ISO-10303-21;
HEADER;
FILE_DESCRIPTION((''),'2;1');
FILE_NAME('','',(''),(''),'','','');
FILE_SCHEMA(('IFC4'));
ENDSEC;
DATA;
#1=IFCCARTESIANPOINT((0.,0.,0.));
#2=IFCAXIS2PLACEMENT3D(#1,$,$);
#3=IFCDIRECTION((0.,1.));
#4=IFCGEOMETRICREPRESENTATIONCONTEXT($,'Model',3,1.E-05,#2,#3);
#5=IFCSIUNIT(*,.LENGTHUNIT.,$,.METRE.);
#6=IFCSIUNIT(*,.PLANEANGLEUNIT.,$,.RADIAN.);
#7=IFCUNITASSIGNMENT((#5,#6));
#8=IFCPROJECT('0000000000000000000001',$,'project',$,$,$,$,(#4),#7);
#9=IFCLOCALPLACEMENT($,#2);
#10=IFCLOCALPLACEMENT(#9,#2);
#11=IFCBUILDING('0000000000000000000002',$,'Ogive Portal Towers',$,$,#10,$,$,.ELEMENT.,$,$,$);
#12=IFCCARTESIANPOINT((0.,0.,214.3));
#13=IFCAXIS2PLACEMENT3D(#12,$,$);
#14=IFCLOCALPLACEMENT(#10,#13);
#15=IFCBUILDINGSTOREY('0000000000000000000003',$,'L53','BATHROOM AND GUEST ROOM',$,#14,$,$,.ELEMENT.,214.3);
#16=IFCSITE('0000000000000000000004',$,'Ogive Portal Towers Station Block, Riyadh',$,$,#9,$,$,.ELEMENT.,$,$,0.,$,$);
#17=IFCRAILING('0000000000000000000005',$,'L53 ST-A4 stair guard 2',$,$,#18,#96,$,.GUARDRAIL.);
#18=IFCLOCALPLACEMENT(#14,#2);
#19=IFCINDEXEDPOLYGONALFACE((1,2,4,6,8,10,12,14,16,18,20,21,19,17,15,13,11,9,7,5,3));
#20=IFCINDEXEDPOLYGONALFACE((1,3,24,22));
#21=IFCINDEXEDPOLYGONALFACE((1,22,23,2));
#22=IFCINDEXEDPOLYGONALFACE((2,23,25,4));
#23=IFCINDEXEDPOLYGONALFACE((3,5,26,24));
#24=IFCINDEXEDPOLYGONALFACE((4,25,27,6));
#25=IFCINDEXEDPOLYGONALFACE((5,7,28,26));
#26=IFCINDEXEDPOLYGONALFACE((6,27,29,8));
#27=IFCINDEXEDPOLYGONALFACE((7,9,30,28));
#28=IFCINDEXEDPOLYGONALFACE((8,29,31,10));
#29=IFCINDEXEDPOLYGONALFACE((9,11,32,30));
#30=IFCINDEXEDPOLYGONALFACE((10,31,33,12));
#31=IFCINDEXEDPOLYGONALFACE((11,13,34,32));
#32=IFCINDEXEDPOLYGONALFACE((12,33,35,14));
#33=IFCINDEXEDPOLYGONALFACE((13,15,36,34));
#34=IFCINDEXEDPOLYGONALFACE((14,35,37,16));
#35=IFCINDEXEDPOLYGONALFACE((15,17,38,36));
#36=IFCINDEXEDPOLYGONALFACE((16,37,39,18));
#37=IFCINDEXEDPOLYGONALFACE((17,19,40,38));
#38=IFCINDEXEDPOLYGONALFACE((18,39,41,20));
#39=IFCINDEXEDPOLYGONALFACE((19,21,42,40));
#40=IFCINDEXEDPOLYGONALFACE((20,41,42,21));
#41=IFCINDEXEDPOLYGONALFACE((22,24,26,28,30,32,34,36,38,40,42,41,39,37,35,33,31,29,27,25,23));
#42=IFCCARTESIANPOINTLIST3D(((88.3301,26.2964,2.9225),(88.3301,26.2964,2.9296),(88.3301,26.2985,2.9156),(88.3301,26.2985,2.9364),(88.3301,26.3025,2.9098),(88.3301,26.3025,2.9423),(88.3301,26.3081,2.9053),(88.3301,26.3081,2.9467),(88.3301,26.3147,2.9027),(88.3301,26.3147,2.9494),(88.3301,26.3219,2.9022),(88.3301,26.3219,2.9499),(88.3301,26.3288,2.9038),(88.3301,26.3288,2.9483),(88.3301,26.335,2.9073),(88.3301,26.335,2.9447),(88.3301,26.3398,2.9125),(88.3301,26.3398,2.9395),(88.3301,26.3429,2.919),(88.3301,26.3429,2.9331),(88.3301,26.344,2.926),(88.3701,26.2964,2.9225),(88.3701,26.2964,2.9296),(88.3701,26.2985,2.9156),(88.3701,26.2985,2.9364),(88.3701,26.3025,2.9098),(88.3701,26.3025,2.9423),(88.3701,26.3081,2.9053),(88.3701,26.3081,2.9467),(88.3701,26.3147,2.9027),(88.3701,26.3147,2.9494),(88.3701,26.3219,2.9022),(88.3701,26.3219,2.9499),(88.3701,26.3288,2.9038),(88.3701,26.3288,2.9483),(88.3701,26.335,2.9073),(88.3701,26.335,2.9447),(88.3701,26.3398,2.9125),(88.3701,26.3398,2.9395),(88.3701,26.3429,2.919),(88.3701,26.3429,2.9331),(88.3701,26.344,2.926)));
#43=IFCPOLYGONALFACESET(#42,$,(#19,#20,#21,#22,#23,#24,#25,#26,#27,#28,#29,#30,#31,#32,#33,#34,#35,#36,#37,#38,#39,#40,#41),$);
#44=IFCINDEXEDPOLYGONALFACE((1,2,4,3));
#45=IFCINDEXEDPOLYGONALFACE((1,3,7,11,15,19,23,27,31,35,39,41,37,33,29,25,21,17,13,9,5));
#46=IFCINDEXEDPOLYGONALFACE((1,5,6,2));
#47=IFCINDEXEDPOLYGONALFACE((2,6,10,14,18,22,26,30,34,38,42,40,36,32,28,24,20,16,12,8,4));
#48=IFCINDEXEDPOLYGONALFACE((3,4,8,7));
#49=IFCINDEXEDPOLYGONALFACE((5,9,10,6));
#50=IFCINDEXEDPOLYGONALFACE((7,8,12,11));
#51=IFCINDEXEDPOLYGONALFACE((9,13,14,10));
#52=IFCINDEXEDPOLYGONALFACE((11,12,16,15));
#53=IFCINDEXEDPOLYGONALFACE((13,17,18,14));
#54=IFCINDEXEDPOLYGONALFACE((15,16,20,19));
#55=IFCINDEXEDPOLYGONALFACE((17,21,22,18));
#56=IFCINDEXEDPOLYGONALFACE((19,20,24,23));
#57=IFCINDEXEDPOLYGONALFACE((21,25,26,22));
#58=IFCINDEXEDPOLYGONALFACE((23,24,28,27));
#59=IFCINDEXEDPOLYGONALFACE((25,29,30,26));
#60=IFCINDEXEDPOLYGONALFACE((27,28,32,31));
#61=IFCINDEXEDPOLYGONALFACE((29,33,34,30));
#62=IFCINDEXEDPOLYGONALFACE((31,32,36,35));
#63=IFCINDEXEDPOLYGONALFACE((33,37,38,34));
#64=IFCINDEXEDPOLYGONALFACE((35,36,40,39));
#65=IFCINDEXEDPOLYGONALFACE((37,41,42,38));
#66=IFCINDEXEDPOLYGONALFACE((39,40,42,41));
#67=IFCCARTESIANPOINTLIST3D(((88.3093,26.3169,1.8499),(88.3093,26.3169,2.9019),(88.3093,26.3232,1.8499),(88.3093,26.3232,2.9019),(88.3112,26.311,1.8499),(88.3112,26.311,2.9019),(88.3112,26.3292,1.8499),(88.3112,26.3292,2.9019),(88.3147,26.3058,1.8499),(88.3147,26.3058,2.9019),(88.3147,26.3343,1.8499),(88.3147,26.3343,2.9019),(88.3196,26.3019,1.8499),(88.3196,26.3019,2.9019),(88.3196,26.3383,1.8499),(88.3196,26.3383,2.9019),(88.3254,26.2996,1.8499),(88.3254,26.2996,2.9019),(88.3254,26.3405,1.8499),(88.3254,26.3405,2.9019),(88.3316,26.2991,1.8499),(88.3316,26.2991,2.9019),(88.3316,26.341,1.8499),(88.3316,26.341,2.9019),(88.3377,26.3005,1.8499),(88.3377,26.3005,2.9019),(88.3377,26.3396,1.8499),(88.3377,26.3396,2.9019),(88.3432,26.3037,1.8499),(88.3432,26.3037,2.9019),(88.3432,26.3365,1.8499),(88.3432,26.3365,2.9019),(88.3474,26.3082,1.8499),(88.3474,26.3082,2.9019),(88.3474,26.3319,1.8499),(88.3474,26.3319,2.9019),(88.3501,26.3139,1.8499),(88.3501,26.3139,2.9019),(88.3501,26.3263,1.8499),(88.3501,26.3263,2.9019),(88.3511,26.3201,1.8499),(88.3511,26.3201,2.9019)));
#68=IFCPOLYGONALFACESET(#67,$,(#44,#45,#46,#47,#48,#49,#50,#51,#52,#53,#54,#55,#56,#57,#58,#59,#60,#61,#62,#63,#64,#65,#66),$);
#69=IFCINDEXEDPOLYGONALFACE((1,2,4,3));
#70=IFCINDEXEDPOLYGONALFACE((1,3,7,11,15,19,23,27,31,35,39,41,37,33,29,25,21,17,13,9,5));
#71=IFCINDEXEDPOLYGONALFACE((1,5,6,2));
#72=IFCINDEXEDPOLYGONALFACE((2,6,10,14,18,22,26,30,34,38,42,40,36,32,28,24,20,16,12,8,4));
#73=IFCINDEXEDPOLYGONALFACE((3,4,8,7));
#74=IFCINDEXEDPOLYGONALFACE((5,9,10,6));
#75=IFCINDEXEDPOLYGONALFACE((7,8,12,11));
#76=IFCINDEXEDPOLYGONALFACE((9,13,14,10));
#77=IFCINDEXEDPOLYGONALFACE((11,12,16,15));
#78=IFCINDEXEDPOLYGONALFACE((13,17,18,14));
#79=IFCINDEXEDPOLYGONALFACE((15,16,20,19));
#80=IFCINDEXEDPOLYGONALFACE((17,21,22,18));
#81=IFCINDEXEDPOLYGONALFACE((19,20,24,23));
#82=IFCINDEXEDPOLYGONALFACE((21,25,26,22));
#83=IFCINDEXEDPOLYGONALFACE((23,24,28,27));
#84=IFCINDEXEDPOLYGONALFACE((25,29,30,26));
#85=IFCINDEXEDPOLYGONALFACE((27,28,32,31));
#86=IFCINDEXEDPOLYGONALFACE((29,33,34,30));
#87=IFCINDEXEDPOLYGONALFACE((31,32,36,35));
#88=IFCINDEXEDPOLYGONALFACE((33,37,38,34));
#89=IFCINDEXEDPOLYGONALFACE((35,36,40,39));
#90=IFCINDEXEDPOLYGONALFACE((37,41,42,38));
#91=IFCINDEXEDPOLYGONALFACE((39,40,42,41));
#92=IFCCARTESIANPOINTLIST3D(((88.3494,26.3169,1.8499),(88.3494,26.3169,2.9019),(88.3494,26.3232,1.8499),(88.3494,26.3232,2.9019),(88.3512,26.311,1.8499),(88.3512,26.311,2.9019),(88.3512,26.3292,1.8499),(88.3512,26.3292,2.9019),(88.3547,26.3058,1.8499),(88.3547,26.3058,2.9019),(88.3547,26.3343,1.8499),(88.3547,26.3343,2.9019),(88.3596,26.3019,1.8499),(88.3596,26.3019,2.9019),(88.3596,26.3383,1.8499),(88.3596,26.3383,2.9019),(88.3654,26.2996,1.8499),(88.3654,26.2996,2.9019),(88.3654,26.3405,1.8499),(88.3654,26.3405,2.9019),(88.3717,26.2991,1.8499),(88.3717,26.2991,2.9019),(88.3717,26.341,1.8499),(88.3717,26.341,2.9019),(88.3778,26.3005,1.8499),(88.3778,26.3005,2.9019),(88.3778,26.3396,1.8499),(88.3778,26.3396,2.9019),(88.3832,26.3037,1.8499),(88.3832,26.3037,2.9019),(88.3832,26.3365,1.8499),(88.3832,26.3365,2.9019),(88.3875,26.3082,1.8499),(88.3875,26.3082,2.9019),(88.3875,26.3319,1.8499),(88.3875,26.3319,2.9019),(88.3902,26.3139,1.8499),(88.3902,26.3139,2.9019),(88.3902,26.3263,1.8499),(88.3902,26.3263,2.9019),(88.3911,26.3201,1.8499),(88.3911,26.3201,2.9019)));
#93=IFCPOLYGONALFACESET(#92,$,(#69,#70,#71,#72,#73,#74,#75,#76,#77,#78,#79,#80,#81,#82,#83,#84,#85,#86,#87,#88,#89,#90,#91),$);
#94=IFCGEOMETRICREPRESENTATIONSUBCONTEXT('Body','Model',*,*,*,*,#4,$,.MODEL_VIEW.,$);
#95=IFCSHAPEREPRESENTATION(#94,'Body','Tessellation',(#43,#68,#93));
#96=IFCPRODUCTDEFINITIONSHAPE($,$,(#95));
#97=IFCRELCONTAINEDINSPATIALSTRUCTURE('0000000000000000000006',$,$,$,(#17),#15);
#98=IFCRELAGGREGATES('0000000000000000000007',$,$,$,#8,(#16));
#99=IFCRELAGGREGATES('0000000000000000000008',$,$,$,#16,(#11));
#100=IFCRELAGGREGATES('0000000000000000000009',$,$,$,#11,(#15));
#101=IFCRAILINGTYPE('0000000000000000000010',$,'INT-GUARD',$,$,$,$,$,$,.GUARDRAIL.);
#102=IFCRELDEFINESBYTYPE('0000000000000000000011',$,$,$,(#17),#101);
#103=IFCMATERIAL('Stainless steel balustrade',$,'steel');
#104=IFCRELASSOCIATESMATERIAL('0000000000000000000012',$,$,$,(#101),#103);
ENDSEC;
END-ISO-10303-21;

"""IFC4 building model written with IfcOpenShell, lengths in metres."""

from ifc_helpers import new_model, si_unit, direction, frame, origin, origin_2d, place, context, subcontext, project, spatial, circle, extrude, material, type_object, element, save


model = new_model("IFC4")

# Units and contexts
model_context = context("Model", 3, precision=1e-05, world=origin(), true_north=direction((0.0, 1.0)))
body_context = subcontext(model_context, "Body", "Model", "MODEL_VIEW")
ifc_project = project(units=[si_unit("LENGTHUNIT", "METRE"), si_unit("PLANEANGLEUNIT", "RADIAN")], contexts=[model_context])

# Site, building, storey
site_placement = place(None, origin())
site = spatial("IfcSite", under=ifc_project, at=site_placement, Name="Ogive Portal Towers Station Block, Riyadh", CompositionType="ELEMENT", RefElevation=0.0)
building_placement = place(site_placement, origin())
building = spatial("IfcBuilding", under=site, at=building_placement, Name="Ogive Portal Towers", CompositionType="ELEMENT")
storey_placement = place(building_placement, frame((0.0, 0.0, 214.3)))
storey = spatial("IfcBuildingStorey", under=building, at=storey_placement, Name="L53", Description="BATHROOM AND GUEST ROOM", CompositionType="ELEMENT", Elevation=214.3)

# Railing
ifc_material_1 = material(Name="Stainless steel balustrade", Category="steel")
railing_type_1 = type_object("IfcRailingType", Name="INT-GUARD", PredefinedType="GUARDRAIL", material=ifc_material_1)
railing_1_placement = place(storey_placement, frame((88.3301, 26.3201, 1.8499)))
element("IfcRailing", 1, at=railing_1_placement, inside=storey, type_object=railing_type_1, Name="L53 ST-A4 stair guard 2", PredefinedType="GUARDRAIL", context=body_context, shape_type="SweptSolid", body=[
    extrude(circle(Radius=0.0239, at=origin_2d()), frame((0.0, 0.0, 1.0762), z_axis=(1.0, 0.0, 0.0), x_axis=(0.0, 1.0, 0.0)), (0.0, 0.0, 1.0), 0.04),
    extrude(circle(Radius=0.021, at=origin_2d()), origin(), (0.0, 0.0, 1.0), 1.052),
    extrude(circle(Radius=0.021, at=origin_2d()), frame((0.04, 0.0, 0.0)), (0.0, 0.0, 1.0), 1.052),
])

save(model, "model.ifc")
